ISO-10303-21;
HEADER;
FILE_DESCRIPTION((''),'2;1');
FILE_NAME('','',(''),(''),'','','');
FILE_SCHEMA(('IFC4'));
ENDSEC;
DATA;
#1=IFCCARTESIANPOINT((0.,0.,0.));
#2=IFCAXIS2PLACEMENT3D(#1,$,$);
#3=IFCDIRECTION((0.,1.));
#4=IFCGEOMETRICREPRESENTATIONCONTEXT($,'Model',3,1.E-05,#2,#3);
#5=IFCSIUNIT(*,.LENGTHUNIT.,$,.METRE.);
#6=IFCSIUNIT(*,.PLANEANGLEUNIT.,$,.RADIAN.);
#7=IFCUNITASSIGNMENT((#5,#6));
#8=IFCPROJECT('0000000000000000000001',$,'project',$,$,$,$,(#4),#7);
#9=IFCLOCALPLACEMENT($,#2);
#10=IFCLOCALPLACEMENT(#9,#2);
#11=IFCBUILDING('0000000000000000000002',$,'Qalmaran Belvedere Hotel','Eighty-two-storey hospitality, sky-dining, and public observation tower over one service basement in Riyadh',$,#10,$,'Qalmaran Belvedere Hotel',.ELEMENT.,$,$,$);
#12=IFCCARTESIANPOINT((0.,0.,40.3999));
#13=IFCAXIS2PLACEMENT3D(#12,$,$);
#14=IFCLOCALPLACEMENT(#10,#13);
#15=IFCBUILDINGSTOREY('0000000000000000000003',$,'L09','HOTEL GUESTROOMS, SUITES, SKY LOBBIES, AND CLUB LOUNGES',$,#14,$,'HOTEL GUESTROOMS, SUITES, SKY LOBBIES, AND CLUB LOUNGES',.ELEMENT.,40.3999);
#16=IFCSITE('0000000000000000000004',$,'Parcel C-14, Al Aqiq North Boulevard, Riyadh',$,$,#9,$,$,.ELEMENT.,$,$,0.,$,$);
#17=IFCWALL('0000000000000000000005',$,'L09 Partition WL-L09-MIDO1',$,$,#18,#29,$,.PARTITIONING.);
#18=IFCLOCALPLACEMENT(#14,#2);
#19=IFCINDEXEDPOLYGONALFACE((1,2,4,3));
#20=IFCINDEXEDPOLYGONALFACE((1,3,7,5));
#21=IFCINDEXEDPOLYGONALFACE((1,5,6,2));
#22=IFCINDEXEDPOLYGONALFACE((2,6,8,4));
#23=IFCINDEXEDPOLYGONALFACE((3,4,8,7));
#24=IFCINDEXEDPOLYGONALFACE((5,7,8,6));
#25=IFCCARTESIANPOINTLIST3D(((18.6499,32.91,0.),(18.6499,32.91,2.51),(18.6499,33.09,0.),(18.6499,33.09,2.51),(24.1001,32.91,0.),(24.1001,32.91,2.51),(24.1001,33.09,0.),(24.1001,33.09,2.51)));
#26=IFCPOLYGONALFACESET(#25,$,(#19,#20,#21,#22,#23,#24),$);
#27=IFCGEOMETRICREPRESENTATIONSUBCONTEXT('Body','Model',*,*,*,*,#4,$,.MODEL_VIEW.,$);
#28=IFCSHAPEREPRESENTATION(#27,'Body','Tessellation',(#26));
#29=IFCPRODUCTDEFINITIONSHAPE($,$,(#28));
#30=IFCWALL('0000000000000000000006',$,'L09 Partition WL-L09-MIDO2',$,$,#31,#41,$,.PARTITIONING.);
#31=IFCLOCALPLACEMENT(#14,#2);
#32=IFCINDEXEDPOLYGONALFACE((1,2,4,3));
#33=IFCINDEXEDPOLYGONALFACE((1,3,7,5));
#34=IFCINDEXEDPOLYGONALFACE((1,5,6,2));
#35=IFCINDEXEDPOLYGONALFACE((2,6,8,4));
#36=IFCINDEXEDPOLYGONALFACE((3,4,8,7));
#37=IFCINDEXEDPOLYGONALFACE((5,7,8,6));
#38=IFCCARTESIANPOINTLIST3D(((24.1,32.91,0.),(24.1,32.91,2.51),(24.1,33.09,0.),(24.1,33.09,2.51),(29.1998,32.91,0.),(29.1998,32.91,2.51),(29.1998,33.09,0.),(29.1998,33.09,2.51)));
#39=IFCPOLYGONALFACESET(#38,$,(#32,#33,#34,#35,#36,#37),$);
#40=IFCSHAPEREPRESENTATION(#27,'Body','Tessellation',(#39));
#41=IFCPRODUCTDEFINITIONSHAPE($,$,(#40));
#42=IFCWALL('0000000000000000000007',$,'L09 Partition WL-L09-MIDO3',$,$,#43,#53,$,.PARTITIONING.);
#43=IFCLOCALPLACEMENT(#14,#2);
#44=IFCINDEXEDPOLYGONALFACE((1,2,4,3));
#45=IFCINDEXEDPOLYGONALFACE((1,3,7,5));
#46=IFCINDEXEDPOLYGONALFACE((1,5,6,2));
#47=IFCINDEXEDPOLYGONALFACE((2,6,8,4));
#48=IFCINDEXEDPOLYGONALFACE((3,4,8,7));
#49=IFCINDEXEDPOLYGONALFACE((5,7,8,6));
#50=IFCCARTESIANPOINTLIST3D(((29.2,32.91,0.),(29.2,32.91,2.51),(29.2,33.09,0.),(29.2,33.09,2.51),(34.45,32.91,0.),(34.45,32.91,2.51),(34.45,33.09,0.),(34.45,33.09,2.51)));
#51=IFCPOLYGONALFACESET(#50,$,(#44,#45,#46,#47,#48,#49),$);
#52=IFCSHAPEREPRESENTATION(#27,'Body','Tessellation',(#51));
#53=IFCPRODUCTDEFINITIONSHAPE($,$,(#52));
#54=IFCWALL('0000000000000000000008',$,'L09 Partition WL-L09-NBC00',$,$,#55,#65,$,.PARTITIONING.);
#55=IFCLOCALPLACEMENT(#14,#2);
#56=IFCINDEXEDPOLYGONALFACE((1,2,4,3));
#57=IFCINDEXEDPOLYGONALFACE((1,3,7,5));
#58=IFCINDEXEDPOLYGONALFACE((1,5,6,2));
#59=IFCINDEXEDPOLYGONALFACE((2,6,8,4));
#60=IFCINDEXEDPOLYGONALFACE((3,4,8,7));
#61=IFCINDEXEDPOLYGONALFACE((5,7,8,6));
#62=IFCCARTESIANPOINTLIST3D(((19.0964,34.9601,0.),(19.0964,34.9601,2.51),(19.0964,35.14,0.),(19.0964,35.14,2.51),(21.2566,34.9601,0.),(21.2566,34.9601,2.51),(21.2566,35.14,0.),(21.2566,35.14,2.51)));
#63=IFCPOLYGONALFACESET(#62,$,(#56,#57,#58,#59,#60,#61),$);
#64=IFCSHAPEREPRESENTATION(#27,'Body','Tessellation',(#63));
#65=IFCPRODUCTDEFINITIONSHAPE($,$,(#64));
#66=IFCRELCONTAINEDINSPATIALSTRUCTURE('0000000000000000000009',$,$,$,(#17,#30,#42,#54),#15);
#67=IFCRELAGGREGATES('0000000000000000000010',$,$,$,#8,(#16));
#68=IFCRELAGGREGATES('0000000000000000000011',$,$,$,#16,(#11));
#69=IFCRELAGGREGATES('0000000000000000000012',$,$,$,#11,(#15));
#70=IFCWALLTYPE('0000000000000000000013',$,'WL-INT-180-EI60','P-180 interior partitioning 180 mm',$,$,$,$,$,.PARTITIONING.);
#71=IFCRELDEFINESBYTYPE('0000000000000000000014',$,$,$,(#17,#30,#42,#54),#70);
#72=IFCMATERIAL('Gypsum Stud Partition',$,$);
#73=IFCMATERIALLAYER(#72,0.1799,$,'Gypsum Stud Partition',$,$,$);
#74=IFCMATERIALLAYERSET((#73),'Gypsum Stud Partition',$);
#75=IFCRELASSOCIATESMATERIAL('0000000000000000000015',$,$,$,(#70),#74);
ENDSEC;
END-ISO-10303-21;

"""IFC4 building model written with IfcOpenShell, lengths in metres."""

from ifc_helpers import new_model, si_unit, direction, frame, frame_2d, origin, place, context, subcontext, project, spatial, rectangle, extrude, material, layer, layer_set, type_object, element, save


model = new_model("IFC4")

# Units and contexts
model_context = context("Model", 3, precision=1e-05, world=origin(), true_north=direction((0.0, 1.0)))
body_context = subcontext(model_context, "Body", "Model", "MODEL_VIEW")
ifc_project = project(units=[si_unit("LENGTHUNIT", "METRE"), si_unit("PLANEANGLEUNIT", "RADIAN")], contexts=[model_context])

# Site, building, storey
site_placement = place(None, origin())
site = spatial("IfcSite", under=ifc_project, at=site_placement, Name="Parcel C-14, Al Aqiq North Boulevard, Riyadh", CompositionType="ELEMENT", RefElevation=0.0)
building_placement = place(site_placement, origin())
building = spatial("IfcBuilding", under=site, at=building_placement, Name="Qalmaran Belvedere Hotel", Description="Eighty-two-storey hospitality, sky-dining, and public observation tower over one service basement in Riyadh", LongName="Qalmaran Belvedere Hotel", CompositionType="ELEMENT")
storey_placement = place(building_placement, frame((0.0, 0.0, 40.3999)))
storey = spatial("IfcBuildingStorey", under=building, at=storey_placement, Name="L09", Description="HOTEL GUESTROOMS, SUITES, SKY LOBBIES, AND CLUB LOUNGES", LongName="HOTEL GUESTROOMS, SUITES, SKY LOBBIES, AND CLUB LOUNGES", CompositionType="ELEMENT", Elevation=40.3999)

# Shared definitions
ifc_material_1 = material(Name="Gypsum Stud Partition")

# Shared definitions
ifc_layer_1 = layer(ifc_material_1, 0.1799, Name="Gypsum Stud Partition")
ifc_layer_set_1 = layer_set([ifc_layer_1], Name="Gypsum Stud Partition")
wall_type_1 = type_object("IfcWallType", Name="WL-INT-180-EI60", Description="P-180 interior partitioning 180 mm", PredefinedType="PARTITIONING", material=ifc_layer_set_1)

# Wall
wall_1_placement = place(storey_placement, frame((18.6499, 33.0, 0.0), z_axis=(0.0, 0.0, 1.0), x_axis=(1.0, 0.0, 0.0)))
element("IfcWall", 1, at=wall_1_placement, inside=storey, type_object=wall_type_1, Name="L09 Partition WL-L09-MIDO1", PredefinedType="PARTITIONING", context=body_context, shape_type="SweptSolid", body=[
    extrude(rectangle(XDim=5.4502, YDim=0.1799, at=frame_2d((2.7251, 0.0))), origin(), (0.0, 0.0, 1.0), 2.51),
])

# Wall
wall_2_placement = place(storey_placement, frame((24.1001, 33.0, 0.0), z_axis=(0.0, 0.0, 1.0), x_axis=(1.0, 0.0, 0.0)))
element("IfcWall", 2, at=wall_2_placement, inside=storey, type_object=wall_type_1, Name="L09 Partition WL-L09-MIDO2", PredefinedType="PARTITIONING", context=body_context, shape_type="SweptSolid", body=[
    extrude(rectangle(XDim=5.0999, YDim=0.1799, at=frame_2d((2.5498, 0.0))), origin(), (0.0, 0.0, 1.0), 2.51),
])

# Walls
wall_3_placement = place(storey_placement, frame((29.2, 33.0, 0.0), z_axis=(0.0, 0.0, 1.0), x_axis=(1.0, 0.0, 0.0)))
element("IfcWall", 3, at=wall_3_placement, inside=storey, type_object=wall_type_1, Name="L09 Partition WL-L09-MIDO3", PredefinedType="PARTITIONING", context=body_context, shape_type="SweptSolid", body=[
    extrude(rectangle(XDim=5.25, YDim=0.1799, at=frame_2d((2.625, 0.0))), origin(), (0.0, 0.0, 1.0), 2.51),
])
wall_4_placement = place(storey_placement, frame((19.0964, 35.05, 0.0), z_axis=(0.0, 0.0, 1.0), x_axis=(1.0, 0.0, 0.0)))
element("IfcWall", 4, at=wall_4_placement, inside=storey, type_object=wall_type_1, Name="L09 Partition WL-L09-NBC00", PredefinedType="PARTITIONING", context=body_context, shape_type="SweptSolid", body=[
    extrude(rectangle(XDim=2.1602, YDim=0.1799, at=frame_2d((1.0801, 0.0))), origin(), (0.0, 0.0, 1.0), 2.51),
])

save(model, "model.ifc")
